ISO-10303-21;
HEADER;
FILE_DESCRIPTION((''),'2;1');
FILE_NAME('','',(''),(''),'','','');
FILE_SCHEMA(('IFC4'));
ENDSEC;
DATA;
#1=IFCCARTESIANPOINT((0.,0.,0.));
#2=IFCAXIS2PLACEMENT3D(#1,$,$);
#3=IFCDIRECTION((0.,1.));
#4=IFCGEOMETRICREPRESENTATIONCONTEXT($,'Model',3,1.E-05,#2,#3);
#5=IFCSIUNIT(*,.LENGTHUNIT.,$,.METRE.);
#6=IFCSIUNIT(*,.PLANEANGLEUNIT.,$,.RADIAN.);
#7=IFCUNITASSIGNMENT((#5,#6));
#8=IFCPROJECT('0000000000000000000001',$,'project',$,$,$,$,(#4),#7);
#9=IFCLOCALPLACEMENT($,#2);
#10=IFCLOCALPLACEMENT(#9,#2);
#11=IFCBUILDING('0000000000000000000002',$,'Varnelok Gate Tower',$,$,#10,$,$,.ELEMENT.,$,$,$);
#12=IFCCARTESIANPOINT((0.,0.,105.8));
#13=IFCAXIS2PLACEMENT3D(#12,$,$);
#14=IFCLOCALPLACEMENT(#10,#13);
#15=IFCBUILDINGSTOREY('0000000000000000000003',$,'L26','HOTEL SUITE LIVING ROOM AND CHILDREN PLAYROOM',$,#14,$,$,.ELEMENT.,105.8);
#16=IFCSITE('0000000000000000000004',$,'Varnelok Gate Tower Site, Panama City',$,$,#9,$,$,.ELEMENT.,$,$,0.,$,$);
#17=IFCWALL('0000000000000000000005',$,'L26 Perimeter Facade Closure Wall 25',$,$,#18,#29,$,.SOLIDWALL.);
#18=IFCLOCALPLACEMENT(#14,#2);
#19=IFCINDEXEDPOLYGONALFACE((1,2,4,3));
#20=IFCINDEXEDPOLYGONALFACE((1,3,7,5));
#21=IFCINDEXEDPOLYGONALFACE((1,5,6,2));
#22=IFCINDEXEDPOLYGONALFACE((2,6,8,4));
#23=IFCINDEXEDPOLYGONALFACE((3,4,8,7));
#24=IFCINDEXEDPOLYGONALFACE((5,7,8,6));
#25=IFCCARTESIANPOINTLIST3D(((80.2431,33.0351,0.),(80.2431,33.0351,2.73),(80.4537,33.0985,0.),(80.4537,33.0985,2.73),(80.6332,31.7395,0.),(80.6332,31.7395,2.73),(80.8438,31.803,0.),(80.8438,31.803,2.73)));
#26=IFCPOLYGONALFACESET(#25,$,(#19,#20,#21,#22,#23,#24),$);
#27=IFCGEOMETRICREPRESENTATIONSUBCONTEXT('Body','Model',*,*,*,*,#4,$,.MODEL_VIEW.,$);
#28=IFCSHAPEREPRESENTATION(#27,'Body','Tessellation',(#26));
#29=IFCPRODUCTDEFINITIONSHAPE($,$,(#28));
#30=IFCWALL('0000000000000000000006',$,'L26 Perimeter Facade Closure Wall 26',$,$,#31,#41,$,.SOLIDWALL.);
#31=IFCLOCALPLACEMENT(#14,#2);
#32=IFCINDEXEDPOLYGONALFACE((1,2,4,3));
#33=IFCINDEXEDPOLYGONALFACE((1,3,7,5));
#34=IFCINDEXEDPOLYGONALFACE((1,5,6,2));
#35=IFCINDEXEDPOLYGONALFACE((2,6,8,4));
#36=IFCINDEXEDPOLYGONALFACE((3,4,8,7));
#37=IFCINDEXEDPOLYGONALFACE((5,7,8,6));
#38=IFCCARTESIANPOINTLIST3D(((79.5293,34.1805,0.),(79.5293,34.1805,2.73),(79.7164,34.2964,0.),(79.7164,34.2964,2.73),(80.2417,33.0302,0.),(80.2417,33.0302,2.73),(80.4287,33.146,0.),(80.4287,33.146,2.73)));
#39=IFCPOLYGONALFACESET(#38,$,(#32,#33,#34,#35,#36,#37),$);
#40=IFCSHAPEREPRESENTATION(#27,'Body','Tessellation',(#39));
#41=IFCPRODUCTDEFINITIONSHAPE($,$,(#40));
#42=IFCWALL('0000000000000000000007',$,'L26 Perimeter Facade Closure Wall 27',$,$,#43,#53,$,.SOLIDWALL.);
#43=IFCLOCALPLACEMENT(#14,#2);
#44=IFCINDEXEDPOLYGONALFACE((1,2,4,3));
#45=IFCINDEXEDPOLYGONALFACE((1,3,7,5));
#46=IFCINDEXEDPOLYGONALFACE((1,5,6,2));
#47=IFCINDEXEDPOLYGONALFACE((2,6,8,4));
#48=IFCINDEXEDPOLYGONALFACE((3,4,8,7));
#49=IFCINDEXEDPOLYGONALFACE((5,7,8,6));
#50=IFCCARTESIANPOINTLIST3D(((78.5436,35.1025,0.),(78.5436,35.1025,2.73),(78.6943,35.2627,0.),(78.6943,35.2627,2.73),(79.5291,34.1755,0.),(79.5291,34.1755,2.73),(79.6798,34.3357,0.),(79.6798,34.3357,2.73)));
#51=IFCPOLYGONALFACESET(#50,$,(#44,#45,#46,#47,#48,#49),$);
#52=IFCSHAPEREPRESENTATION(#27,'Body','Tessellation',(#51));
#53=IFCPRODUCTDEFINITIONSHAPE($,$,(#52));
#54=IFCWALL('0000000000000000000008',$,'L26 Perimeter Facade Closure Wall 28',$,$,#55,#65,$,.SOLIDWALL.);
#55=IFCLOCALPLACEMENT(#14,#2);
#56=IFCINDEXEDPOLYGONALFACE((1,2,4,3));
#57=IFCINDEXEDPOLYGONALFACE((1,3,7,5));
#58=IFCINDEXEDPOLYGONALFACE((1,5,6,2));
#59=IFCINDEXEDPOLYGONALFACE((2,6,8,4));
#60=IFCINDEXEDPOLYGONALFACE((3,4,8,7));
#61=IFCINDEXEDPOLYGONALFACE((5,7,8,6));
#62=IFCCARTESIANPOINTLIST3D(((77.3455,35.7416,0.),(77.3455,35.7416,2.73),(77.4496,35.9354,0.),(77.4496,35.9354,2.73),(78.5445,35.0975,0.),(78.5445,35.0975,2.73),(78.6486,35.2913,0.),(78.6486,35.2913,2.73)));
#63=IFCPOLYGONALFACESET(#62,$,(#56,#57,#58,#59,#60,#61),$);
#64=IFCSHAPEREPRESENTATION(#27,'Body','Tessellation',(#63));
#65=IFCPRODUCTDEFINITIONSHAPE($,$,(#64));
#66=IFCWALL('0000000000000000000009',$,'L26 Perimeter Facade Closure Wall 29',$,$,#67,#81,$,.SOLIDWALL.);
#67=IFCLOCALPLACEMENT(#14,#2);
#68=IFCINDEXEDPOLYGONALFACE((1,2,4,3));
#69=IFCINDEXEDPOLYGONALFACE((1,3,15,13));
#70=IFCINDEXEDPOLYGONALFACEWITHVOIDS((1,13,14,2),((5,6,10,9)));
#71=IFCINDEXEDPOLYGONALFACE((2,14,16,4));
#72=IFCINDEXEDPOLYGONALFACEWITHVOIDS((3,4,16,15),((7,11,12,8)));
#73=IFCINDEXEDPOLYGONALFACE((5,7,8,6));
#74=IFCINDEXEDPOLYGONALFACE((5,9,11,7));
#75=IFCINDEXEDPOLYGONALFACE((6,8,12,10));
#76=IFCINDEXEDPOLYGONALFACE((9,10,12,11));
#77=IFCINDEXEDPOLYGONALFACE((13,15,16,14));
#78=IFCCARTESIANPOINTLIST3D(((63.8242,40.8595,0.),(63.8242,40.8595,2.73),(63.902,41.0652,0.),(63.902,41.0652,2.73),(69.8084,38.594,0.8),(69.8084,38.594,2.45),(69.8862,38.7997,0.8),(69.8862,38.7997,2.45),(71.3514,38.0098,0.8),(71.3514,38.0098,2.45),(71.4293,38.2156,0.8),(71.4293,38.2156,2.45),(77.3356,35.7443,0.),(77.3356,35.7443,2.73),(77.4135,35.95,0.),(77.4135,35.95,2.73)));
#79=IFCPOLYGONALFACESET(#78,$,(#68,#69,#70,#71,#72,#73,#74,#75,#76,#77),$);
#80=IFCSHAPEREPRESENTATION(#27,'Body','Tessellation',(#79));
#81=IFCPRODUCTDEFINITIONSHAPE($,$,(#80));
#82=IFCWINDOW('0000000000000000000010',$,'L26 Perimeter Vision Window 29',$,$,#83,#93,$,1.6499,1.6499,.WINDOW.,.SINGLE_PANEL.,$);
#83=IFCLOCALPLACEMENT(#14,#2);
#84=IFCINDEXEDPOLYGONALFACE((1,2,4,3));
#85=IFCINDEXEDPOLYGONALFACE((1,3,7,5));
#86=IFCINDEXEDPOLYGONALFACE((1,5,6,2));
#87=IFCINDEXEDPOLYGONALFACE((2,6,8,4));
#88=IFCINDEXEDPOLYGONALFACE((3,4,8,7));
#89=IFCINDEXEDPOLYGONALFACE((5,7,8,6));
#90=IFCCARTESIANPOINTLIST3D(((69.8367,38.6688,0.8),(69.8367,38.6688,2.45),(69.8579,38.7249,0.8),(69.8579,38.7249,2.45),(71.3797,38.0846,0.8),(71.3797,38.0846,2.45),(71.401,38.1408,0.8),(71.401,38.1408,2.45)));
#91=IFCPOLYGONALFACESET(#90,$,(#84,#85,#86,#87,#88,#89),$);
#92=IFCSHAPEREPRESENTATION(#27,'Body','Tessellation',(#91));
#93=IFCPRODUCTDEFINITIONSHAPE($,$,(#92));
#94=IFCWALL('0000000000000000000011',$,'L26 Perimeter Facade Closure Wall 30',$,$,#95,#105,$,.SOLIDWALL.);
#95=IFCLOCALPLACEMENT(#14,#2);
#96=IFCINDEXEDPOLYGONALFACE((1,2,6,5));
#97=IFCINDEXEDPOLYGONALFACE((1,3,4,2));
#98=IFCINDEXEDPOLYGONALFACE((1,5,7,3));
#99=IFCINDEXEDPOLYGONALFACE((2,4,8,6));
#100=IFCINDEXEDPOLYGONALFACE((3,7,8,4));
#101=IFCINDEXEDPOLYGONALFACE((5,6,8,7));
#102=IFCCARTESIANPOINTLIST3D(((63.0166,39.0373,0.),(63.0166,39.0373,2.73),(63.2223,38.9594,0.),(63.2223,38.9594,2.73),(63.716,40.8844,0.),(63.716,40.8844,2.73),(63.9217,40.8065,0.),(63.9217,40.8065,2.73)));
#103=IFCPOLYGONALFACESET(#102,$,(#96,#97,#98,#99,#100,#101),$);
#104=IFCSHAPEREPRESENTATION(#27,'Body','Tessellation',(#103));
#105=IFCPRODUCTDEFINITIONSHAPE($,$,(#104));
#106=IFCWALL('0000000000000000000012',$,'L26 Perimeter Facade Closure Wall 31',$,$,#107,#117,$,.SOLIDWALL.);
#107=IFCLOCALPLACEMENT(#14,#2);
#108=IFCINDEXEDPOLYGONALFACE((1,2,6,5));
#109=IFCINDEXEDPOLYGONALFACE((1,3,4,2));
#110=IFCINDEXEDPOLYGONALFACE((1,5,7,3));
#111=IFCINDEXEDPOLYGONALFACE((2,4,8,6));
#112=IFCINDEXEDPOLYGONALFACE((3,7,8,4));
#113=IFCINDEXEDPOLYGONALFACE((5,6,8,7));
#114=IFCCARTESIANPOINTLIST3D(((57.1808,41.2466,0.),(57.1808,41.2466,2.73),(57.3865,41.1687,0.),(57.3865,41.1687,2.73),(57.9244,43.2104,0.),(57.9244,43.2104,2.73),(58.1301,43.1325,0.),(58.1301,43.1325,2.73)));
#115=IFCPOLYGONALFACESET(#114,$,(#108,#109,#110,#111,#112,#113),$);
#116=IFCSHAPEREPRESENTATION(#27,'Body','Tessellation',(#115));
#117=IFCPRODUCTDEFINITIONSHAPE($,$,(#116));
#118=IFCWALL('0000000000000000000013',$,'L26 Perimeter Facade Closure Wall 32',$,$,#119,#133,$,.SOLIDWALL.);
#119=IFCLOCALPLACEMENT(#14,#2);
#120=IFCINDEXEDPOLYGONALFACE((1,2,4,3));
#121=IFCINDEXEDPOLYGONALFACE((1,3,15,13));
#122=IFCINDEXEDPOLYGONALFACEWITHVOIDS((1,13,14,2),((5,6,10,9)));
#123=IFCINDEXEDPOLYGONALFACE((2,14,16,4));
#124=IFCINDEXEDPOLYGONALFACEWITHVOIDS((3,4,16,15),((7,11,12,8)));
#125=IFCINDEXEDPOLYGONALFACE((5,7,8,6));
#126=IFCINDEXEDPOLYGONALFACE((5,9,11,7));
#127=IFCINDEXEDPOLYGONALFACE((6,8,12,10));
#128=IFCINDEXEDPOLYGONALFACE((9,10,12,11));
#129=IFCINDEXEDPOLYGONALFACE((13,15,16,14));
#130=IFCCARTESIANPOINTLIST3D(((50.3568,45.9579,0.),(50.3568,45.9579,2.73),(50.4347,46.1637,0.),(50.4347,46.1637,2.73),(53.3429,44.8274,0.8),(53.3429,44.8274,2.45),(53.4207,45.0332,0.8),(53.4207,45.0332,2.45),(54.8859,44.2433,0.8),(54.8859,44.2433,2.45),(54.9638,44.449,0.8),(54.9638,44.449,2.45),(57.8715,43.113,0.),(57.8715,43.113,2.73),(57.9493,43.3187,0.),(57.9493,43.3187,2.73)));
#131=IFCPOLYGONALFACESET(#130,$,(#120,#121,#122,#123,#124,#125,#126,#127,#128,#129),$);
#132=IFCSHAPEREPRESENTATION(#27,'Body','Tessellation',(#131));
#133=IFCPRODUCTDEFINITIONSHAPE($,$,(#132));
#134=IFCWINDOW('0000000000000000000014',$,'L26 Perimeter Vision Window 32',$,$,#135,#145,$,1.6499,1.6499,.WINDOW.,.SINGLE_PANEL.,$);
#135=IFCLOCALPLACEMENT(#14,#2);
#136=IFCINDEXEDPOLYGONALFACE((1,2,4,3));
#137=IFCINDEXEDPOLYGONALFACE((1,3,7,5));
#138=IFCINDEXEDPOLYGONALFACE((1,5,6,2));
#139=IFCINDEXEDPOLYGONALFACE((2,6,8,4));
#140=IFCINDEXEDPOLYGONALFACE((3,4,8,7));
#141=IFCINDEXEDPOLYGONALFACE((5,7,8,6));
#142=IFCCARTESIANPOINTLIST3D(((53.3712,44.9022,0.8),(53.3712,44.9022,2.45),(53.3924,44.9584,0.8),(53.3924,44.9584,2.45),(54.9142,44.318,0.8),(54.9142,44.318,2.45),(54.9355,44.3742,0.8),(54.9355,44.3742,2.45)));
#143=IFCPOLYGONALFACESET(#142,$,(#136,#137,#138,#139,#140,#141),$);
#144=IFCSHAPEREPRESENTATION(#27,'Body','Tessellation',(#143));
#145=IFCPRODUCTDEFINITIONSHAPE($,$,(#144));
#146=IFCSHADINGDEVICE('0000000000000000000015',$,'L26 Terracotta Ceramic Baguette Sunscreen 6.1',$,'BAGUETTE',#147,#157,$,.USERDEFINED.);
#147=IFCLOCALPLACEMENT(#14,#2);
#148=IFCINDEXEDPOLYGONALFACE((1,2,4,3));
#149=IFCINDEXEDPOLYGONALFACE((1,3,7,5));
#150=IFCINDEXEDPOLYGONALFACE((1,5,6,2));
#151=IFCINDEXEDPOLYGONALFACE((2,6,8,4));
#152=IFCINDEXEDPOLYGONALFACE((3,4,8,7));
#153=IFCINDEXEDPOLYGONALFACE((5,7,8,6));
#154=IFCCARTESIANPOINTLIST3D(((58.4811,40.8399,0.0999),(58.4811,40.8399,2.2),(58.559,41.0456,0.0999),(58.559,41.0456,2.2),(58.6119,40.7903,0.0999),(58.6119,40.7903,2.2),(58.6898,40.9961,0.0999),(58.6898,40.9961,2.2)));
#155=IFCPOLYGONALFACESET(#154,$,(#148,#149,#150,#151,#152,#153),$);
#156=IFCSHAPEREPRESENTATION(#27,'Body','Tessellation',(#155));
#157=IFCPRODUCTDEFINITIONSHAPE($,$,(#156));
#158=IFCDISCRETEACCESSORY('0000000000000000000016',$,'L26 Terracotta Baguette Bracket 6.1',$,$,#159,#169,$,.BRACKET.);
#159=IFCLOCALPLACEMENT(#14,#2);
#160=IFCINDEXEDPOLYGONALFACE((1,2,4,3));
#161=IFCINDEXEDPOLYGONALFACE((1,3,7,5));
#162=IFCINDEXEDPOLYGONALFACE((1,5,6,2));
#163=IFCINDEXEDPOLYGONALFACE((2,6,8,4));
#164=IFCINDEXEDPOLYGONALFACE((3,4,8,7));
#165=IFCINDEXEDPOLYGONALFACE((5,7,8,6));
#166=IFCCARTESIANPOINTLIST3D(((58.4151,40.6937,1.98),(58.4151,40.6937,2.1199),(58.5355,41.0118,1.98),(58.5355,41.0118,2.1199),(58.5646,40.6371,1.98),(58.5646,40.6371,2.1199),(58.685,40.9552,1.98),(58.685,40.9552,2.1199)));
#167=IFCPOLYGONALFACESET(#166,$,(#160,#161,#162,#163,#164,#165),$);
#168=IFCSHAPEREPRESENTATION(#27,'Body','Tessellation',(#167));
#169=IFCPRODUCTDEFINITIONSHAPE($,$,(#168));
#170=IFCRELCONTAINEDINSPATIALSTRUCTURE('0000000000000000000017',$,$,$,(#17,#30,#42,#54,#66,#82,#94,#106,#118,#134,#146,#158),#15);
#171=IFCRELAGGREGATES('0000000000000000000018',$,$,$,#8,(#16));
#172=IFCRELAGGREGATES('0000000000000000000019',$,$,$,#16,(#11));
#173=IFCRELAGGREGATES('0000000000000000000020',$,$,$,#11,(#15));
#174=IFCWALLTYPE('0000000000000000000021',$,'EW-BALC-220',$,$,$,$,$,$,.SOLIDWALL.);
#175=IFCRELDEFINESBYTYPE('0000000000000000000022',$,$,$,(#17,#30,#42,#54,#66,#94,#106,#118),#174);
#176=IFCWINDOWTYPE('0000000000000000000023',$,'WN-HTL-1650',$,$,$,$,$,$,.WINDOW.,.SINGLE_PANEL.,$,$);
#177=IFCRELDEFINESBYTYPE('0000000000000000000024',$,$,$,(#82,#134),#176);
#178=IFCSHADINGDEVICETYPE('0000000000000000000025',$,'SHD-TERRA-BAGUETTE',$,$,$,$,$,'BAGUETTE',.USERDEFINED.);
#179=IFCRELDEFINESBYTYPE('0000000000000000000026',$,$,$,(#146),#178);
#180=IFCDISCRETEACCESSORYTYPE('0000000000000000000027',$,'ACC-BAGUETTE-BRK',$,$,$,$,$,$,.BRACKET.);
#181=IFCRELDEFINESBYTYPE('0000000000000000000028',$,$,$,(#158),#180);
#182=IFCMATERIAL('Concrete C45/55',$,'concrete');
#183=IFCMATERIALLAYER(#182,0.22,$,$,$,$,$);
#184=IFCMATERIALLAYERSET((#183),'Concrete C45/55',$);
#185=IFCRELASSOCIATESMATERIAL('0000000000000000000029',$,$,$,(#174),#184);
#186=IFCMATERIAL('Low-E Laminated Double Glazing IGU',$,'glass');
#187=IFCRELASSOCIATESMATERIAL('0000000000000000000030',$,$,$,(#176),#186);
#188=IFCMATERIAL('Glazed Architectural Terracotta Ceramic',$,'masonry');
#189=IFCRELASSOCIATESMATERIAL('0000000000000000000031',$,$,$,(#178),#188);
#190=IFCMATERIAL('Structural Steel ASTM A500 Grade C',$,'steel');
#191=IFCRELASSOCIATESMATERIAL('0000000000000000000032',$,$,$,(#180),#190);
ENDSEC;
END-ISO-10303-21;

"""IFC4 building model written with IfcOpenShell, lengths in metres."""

from ifc_helpers import new_model, si_unit, direction, frame, frame_2d, origin, origin_2d, place, context, subcontext, project, spatial, rectangle, extrude, source, transform, mapped, material, layer, layer_set, type_object, element, fill, save


model = new_model("IFC4")

# Units and contexts
model_context = context("Model", 3, precision=1e-05, world=origin(), true_north=direction((0.0, 1.0)))
body_context = subcontext(model_context, "Body", "Model", "MODEL_VIEW")
ifc_project = project(units=[si_unit("LENGTHUNIT", "METRE"), si_unit("PLANEANGLEUNIT", "RADIAN")], contexts=[model_context])

# Site, building, storey
site_placement = place(None, origin())
site = spatial("IfcSite", under=ifc_project, at=site_placement, Name="Varnelok Gate Tower Site, Panama City", CompositionType="ELEMENT", RefElevation=0.0)
building_placement = place(site_placement, origin())
building = spatial("IfcBuilding", under=site, at=building_placement, Name="Varnelok Gate Tower", CompositionType="ELEMENT")
storey_placement = place(building_placement, frame((0.0, 0.0, 105.8)))
storey = spatial("IfcBuildingStorey", under=building, at=storey_placement, Name="L26", Description="HOTEL SUITE LIVING ROOM AND CHILDREN PLAYROOM", CompositionType="ELEMENT", Elevation=105.8)

# Shared definitions
ifc_material_1 = material(Name="Concrete C45/55", Category="concrete")
ifc_layer_1 = layer(ifc_material_1, 0.22)
ifc_layer_set_1 = layer_set([ifc_layer_1], Name="Concrete C45/55")
wall_type = type_object("IfcWallType", Name="EW-BALC-220", PredefinedType="SOLIDWALL", material=ifc_layer_set_1)

# Walls
for number, where, z_axis, x_axis, name in (
    (1, (80.7385, 31.7712, 0.0), (0.0, 0.0, 1.0), (-0.288324, 0.957533, 0.0), "L26 Perimeter Facade Closure Wall 25"),
    (2, (80.3352, 33.0881, 0.0), (0.0, 0.0, 1.0), (-0.526491, 0.850181, 0.0), "L26 Perimeter Facade Closure Wall 26"),
    (3, (79.6045, 34.2556, 0.0), (0.0, 0.0, 1.0), (-0.728428, 0.685123, 0.0), "L26 Perimeter Facade Closure Wall 27"),
):
    element("IfcWall", number, at=place(storey_placement, frame(where, z_axis=z_axis, x_axis=x_axis)), inside=storey, type_object=wall_type, Name=name, PredefinedType="SOLIDWALL", context=body_context, shape_type="SweptSolid", body=[
        extrude(rectangle(XDim=1.353, YDim=0.22, at=frame_2d((0.6765, 0.0))), origin(), (0.0, 0.0, 1.0), 2.73),
    ])
wall_1_placement = place(storey_placement, frame((78.5967, 35.1943, 0.0), z_axis=(0.0, 0.0, 1.0), x_axis=(-0.880949, 0.473212, 0.0)))
element("IfcWall", 4, at=wall_1_placement, inside=storey, type_object=wall_type, Name="L26 Perimeter Facade Closure Wall 28", PredefinedType="SOLIDWALL", context=body_context, shape_type="SweptSolid", body=[
    extrude(rectangle(XDim=1.3611, YDim=0.22, at=frame_2d((0.6807, 0.0))), origin(), (0.0, 0.0, 1.0), 2.73),
])

# Wall, opening, window
wall_2_placement = place(storey_placement, frame((77.3745, 35.8472, 0.0), z_axis=(0.0, 0.0, 1.0), x_axis=(-0.935222, 0.354061, 0.0)))
wall_2 = element("IfcWall", 5, at=wall_2_placement, inside=storey, type_object=wall_type, Name="L26 Perimeter Facade Closure Wall 29", PredefinedType="SOLIDWALL", context=body_context, shape_type="SweptSolid", body=[
    extrude(rectangle(XDim=14.4473, YDim=0.22, at=frame_2d((7.2236, 0.0))), origin(), (0.0, 0.0, 1.0), 2.73),
])
opening_1_placement = place(wall_2_placement, frame((6.3987, 0.0, 0.8)))
opening_1 = element("IfcOpeningElement", 6, at=opening_1_placement, cuts=wall_2, PredefinedType="OPENING", context=body_context, shape_type="SweptSolid", body=[
    extrude(rectangle(XDim=1.6499, YDim=1.6499, at=frame_2d((0.825, 0.825))), frame((0.0, 0.1199, 0.0), z_axis=(0.0, -1.0, 0.0), x_axis=(1.0, 0.0, 0.0)), (0.0, 0.0, 1.0), 0.24),
])
ifc_material_2 = material(Name="Low-E Laminated Double Glazing IGU", Category="glass")
window_type = type_object("IfcWindowType", Name="WN-HTL-1650", PartitioningType="SINGLE_PANEL", PredefinedType="WINDOW", material=ifc_material_2)
window_1_placement = place(opening_1_placement, origin())
window_1 = element("IfcWindow", 7, at=window_1_placement, inside=storey, type_object=window_type, Name="L26 Perimeter Vision Window 29", OverallHeight=1.6499, OverallWidth=1.6499, PartitioningType="SINGLE_PANEL", PredefinedType="WINDOW", context=body_context, shape_type="SweptSolid", body=[
    extrude(rectangle(XDim=1.6499, YDim=1.6499, at=frame_2d((0.825, 0.825))), frame((0.0, 0.03, 0.0), z_axis=(0.0, -1.0, 0.0), x_axis=(1.0, 0.0, 0.0)), (0.0, 0.0, 1.0), 0.0601),
])
fill(opening_1, window_1)

# Walls
wall_3_placement = place(storey_placement, frame((63.8188, 40.8455, 0.0), z_axis=(0.0, 0.0, 1.0), x_axis=(-0.354129, -0.935197, 0.0)))
element("IfcWall", 8, at=wall_3_placement, inside=storey, type_object=wall_type, Name="L26 Perimeter Facade Closure Wall 30", PredefinedType="SOLIDWALL", context=body_context, shape_type="SweptSolid", body=[
    extrude(rectangle(XDim=1.9751, YDim=0.22, at=frame_2d((0.9875, 0.0))), origin(), (0.0, 0.0, 1.0), 2.73),
])
wall_4_placement = place(storey_placement, frame((57.2837, 41.2078, 0.0), z_axis=(0.0, 0.0, 1.0), x_axis=(0.354128, 0.935197, 0.0)))
element("IfcWall", 9, at=wall_4_placement, inside=storey, type_object=wall_type, Name="L26 Perimeter Facade Closure Wall 31", PredefinedType="SOLIDWALL", context=body_context, shape_type="SweptSolid", body=[
    extrude(rectangle(XDim=2.0999, YDim=0.22, at=frame_2d((1.0498, 0.0))), origin(), (0.0, 0.0, 1.0), 2.73),
])

# Wall, opening, window
wall_5_placement = place(storey_placement, frame((57.9104, 43.2158, 0.0), z_axis=(0.0, 0.0, 1.0), x_axis=(-0.935221, 0.354065, 0.0)))
wall_5 = element("IfcWall", 10, at=wall_5_placement, inside=storey, type_object=wall_type, Name="L26 Perimeter Facade Closure Wall 32", PredefinedType="SOLIDWALL", context=body_context, shape_type="SweptSolid", body=[
    extrude(rectangle(XDim=8.0352, YDim=0.22, at=frame_2d((4.0176, 0.0))), origin(), (0.0, 0.0, 1.0), 2.73),
])
opening_2_placement = place(wall_5_placement, frame((3.1924, 0.0, 0.8)))
opening_2 = element("IfcOpeningElement", 11, at=opening_2_placement, cuts=wall_5, PredefinedType="OPENING", context=body_context, shape_type="SweptSolid", body=[
    extrude(rectangle(XDim=1.6499, YDim=1.6499, at=frame_2d((0.825, 0.825))), frame((0.0, 0.1199, 0.0), z_axis=(0.0, -1.0, 0.0), x_axis=(1.0, 0.0, 0.0)), (0.0, 0.0, 1.0), 0.24),
])
window_2_placement = place(opening_2_placement, origin())
window_2 = element("IfcWindow", 12, at=window_2_placement, inside=storey, type_object=window_type, Name="L26 Perimeter Vision Window 32", OverallHeight=1.6499, OverallWidth=1.6499, PartitioningType="SINGLE_PANEL", PredefinedType="WINDOW", context=body_context, shape_type="SweptSolid", body=[
    extrude(rectangle(XDim=1.6499, YDim=1.6499, at=frame_2d((0.825, 0.825))), frame((0.0, 0.03, 0.0), z_axis=(0.0, -1.0, 0.0), x_axis=(1.0, 0.0, 0.0)), (0.0, 0.0, 1.0), 0.0601),
])
fill(opening_2, window_2)

# Shading device
ifc_material_3 = material(Name="Glazed Architectural Terracotta Ceramic", Category="masonry")
shading_device_type = type_object("IfcShadingDeviceType", Name="SHD-TERRA-BAGUETTE", ElementType="BAGUETTE", PredefinedType="USERDEFINED", material=ifc_material_3)
shared_shape_1 = source(origin(), body_context, "Body", "SweptSolid", [
    extrude(rectangle(XDim=0.1399, YDim=0.22, at=origin_2d()), origin(), (0.0, 0.0, 1.0), 2.1001),
])
shading_device_placement = place(storey_placement, frame((58.5854, 40.918, 0.0999), z_axis=(0.0, 0.0, 1.0), x_axis=(0.935222, -0.354063, 0.0)))
element("IfcShadingDevice", 13, at=shading_device_placement, inside=storey, type_object=shading_device_type, Name="L26 Terracotta Ceramic Baguette Sunscreen 6.1", ObjectType="BAGUETTE", PredefinedType="USERDEFINED", context=body_context, shape_type="MappedRepresentation", body=[
    mapped(shared_shape_1, transform((0.0, 0.0, 0.0), scale=1.0)),
])

# Discrete accessory
ifc_material_4 = material(Name="Structural Steel ASTM A500 Grade C", Category="steel")
discrete_accessory_type = type_object("IfcDiscreteAccessoryType", Name="ACC-BAGUETTE-BRK", PredefinedType="BRACKET", material=ifc_material_4)
shared_shape_2 = source(origin(), body_context, "Body", "SweptSolid", [
    extrude(rectangle(XDim=0.1599, YDim=0.3401, at=origin_2d()), origin(), (0.0, 0.0, 1.0), 0.1399),
])
discrete_accessory_placement = place(storey_placement, frame((58.55, 40.8245, 1.98), z_axis=(0.0, 0.0, 1.0), x_axis=(0.935222, -0.354063, 0.0)))
element("IfcDiscreteAccessory", 14, at=discrete_accessory_placement, inside=storey, type_object=discrete_accessory_type, Name="L26 Terracotta Baguette Bracket 6.1", PredefinedType="BRACKET", context=body_context, shape_type="MappedRepresentation", body=[
    mapped(shared_shape_2, transform((0.0, 0.0, 0.0), scale=1.0)),
])

save(model, "model.ifc")
